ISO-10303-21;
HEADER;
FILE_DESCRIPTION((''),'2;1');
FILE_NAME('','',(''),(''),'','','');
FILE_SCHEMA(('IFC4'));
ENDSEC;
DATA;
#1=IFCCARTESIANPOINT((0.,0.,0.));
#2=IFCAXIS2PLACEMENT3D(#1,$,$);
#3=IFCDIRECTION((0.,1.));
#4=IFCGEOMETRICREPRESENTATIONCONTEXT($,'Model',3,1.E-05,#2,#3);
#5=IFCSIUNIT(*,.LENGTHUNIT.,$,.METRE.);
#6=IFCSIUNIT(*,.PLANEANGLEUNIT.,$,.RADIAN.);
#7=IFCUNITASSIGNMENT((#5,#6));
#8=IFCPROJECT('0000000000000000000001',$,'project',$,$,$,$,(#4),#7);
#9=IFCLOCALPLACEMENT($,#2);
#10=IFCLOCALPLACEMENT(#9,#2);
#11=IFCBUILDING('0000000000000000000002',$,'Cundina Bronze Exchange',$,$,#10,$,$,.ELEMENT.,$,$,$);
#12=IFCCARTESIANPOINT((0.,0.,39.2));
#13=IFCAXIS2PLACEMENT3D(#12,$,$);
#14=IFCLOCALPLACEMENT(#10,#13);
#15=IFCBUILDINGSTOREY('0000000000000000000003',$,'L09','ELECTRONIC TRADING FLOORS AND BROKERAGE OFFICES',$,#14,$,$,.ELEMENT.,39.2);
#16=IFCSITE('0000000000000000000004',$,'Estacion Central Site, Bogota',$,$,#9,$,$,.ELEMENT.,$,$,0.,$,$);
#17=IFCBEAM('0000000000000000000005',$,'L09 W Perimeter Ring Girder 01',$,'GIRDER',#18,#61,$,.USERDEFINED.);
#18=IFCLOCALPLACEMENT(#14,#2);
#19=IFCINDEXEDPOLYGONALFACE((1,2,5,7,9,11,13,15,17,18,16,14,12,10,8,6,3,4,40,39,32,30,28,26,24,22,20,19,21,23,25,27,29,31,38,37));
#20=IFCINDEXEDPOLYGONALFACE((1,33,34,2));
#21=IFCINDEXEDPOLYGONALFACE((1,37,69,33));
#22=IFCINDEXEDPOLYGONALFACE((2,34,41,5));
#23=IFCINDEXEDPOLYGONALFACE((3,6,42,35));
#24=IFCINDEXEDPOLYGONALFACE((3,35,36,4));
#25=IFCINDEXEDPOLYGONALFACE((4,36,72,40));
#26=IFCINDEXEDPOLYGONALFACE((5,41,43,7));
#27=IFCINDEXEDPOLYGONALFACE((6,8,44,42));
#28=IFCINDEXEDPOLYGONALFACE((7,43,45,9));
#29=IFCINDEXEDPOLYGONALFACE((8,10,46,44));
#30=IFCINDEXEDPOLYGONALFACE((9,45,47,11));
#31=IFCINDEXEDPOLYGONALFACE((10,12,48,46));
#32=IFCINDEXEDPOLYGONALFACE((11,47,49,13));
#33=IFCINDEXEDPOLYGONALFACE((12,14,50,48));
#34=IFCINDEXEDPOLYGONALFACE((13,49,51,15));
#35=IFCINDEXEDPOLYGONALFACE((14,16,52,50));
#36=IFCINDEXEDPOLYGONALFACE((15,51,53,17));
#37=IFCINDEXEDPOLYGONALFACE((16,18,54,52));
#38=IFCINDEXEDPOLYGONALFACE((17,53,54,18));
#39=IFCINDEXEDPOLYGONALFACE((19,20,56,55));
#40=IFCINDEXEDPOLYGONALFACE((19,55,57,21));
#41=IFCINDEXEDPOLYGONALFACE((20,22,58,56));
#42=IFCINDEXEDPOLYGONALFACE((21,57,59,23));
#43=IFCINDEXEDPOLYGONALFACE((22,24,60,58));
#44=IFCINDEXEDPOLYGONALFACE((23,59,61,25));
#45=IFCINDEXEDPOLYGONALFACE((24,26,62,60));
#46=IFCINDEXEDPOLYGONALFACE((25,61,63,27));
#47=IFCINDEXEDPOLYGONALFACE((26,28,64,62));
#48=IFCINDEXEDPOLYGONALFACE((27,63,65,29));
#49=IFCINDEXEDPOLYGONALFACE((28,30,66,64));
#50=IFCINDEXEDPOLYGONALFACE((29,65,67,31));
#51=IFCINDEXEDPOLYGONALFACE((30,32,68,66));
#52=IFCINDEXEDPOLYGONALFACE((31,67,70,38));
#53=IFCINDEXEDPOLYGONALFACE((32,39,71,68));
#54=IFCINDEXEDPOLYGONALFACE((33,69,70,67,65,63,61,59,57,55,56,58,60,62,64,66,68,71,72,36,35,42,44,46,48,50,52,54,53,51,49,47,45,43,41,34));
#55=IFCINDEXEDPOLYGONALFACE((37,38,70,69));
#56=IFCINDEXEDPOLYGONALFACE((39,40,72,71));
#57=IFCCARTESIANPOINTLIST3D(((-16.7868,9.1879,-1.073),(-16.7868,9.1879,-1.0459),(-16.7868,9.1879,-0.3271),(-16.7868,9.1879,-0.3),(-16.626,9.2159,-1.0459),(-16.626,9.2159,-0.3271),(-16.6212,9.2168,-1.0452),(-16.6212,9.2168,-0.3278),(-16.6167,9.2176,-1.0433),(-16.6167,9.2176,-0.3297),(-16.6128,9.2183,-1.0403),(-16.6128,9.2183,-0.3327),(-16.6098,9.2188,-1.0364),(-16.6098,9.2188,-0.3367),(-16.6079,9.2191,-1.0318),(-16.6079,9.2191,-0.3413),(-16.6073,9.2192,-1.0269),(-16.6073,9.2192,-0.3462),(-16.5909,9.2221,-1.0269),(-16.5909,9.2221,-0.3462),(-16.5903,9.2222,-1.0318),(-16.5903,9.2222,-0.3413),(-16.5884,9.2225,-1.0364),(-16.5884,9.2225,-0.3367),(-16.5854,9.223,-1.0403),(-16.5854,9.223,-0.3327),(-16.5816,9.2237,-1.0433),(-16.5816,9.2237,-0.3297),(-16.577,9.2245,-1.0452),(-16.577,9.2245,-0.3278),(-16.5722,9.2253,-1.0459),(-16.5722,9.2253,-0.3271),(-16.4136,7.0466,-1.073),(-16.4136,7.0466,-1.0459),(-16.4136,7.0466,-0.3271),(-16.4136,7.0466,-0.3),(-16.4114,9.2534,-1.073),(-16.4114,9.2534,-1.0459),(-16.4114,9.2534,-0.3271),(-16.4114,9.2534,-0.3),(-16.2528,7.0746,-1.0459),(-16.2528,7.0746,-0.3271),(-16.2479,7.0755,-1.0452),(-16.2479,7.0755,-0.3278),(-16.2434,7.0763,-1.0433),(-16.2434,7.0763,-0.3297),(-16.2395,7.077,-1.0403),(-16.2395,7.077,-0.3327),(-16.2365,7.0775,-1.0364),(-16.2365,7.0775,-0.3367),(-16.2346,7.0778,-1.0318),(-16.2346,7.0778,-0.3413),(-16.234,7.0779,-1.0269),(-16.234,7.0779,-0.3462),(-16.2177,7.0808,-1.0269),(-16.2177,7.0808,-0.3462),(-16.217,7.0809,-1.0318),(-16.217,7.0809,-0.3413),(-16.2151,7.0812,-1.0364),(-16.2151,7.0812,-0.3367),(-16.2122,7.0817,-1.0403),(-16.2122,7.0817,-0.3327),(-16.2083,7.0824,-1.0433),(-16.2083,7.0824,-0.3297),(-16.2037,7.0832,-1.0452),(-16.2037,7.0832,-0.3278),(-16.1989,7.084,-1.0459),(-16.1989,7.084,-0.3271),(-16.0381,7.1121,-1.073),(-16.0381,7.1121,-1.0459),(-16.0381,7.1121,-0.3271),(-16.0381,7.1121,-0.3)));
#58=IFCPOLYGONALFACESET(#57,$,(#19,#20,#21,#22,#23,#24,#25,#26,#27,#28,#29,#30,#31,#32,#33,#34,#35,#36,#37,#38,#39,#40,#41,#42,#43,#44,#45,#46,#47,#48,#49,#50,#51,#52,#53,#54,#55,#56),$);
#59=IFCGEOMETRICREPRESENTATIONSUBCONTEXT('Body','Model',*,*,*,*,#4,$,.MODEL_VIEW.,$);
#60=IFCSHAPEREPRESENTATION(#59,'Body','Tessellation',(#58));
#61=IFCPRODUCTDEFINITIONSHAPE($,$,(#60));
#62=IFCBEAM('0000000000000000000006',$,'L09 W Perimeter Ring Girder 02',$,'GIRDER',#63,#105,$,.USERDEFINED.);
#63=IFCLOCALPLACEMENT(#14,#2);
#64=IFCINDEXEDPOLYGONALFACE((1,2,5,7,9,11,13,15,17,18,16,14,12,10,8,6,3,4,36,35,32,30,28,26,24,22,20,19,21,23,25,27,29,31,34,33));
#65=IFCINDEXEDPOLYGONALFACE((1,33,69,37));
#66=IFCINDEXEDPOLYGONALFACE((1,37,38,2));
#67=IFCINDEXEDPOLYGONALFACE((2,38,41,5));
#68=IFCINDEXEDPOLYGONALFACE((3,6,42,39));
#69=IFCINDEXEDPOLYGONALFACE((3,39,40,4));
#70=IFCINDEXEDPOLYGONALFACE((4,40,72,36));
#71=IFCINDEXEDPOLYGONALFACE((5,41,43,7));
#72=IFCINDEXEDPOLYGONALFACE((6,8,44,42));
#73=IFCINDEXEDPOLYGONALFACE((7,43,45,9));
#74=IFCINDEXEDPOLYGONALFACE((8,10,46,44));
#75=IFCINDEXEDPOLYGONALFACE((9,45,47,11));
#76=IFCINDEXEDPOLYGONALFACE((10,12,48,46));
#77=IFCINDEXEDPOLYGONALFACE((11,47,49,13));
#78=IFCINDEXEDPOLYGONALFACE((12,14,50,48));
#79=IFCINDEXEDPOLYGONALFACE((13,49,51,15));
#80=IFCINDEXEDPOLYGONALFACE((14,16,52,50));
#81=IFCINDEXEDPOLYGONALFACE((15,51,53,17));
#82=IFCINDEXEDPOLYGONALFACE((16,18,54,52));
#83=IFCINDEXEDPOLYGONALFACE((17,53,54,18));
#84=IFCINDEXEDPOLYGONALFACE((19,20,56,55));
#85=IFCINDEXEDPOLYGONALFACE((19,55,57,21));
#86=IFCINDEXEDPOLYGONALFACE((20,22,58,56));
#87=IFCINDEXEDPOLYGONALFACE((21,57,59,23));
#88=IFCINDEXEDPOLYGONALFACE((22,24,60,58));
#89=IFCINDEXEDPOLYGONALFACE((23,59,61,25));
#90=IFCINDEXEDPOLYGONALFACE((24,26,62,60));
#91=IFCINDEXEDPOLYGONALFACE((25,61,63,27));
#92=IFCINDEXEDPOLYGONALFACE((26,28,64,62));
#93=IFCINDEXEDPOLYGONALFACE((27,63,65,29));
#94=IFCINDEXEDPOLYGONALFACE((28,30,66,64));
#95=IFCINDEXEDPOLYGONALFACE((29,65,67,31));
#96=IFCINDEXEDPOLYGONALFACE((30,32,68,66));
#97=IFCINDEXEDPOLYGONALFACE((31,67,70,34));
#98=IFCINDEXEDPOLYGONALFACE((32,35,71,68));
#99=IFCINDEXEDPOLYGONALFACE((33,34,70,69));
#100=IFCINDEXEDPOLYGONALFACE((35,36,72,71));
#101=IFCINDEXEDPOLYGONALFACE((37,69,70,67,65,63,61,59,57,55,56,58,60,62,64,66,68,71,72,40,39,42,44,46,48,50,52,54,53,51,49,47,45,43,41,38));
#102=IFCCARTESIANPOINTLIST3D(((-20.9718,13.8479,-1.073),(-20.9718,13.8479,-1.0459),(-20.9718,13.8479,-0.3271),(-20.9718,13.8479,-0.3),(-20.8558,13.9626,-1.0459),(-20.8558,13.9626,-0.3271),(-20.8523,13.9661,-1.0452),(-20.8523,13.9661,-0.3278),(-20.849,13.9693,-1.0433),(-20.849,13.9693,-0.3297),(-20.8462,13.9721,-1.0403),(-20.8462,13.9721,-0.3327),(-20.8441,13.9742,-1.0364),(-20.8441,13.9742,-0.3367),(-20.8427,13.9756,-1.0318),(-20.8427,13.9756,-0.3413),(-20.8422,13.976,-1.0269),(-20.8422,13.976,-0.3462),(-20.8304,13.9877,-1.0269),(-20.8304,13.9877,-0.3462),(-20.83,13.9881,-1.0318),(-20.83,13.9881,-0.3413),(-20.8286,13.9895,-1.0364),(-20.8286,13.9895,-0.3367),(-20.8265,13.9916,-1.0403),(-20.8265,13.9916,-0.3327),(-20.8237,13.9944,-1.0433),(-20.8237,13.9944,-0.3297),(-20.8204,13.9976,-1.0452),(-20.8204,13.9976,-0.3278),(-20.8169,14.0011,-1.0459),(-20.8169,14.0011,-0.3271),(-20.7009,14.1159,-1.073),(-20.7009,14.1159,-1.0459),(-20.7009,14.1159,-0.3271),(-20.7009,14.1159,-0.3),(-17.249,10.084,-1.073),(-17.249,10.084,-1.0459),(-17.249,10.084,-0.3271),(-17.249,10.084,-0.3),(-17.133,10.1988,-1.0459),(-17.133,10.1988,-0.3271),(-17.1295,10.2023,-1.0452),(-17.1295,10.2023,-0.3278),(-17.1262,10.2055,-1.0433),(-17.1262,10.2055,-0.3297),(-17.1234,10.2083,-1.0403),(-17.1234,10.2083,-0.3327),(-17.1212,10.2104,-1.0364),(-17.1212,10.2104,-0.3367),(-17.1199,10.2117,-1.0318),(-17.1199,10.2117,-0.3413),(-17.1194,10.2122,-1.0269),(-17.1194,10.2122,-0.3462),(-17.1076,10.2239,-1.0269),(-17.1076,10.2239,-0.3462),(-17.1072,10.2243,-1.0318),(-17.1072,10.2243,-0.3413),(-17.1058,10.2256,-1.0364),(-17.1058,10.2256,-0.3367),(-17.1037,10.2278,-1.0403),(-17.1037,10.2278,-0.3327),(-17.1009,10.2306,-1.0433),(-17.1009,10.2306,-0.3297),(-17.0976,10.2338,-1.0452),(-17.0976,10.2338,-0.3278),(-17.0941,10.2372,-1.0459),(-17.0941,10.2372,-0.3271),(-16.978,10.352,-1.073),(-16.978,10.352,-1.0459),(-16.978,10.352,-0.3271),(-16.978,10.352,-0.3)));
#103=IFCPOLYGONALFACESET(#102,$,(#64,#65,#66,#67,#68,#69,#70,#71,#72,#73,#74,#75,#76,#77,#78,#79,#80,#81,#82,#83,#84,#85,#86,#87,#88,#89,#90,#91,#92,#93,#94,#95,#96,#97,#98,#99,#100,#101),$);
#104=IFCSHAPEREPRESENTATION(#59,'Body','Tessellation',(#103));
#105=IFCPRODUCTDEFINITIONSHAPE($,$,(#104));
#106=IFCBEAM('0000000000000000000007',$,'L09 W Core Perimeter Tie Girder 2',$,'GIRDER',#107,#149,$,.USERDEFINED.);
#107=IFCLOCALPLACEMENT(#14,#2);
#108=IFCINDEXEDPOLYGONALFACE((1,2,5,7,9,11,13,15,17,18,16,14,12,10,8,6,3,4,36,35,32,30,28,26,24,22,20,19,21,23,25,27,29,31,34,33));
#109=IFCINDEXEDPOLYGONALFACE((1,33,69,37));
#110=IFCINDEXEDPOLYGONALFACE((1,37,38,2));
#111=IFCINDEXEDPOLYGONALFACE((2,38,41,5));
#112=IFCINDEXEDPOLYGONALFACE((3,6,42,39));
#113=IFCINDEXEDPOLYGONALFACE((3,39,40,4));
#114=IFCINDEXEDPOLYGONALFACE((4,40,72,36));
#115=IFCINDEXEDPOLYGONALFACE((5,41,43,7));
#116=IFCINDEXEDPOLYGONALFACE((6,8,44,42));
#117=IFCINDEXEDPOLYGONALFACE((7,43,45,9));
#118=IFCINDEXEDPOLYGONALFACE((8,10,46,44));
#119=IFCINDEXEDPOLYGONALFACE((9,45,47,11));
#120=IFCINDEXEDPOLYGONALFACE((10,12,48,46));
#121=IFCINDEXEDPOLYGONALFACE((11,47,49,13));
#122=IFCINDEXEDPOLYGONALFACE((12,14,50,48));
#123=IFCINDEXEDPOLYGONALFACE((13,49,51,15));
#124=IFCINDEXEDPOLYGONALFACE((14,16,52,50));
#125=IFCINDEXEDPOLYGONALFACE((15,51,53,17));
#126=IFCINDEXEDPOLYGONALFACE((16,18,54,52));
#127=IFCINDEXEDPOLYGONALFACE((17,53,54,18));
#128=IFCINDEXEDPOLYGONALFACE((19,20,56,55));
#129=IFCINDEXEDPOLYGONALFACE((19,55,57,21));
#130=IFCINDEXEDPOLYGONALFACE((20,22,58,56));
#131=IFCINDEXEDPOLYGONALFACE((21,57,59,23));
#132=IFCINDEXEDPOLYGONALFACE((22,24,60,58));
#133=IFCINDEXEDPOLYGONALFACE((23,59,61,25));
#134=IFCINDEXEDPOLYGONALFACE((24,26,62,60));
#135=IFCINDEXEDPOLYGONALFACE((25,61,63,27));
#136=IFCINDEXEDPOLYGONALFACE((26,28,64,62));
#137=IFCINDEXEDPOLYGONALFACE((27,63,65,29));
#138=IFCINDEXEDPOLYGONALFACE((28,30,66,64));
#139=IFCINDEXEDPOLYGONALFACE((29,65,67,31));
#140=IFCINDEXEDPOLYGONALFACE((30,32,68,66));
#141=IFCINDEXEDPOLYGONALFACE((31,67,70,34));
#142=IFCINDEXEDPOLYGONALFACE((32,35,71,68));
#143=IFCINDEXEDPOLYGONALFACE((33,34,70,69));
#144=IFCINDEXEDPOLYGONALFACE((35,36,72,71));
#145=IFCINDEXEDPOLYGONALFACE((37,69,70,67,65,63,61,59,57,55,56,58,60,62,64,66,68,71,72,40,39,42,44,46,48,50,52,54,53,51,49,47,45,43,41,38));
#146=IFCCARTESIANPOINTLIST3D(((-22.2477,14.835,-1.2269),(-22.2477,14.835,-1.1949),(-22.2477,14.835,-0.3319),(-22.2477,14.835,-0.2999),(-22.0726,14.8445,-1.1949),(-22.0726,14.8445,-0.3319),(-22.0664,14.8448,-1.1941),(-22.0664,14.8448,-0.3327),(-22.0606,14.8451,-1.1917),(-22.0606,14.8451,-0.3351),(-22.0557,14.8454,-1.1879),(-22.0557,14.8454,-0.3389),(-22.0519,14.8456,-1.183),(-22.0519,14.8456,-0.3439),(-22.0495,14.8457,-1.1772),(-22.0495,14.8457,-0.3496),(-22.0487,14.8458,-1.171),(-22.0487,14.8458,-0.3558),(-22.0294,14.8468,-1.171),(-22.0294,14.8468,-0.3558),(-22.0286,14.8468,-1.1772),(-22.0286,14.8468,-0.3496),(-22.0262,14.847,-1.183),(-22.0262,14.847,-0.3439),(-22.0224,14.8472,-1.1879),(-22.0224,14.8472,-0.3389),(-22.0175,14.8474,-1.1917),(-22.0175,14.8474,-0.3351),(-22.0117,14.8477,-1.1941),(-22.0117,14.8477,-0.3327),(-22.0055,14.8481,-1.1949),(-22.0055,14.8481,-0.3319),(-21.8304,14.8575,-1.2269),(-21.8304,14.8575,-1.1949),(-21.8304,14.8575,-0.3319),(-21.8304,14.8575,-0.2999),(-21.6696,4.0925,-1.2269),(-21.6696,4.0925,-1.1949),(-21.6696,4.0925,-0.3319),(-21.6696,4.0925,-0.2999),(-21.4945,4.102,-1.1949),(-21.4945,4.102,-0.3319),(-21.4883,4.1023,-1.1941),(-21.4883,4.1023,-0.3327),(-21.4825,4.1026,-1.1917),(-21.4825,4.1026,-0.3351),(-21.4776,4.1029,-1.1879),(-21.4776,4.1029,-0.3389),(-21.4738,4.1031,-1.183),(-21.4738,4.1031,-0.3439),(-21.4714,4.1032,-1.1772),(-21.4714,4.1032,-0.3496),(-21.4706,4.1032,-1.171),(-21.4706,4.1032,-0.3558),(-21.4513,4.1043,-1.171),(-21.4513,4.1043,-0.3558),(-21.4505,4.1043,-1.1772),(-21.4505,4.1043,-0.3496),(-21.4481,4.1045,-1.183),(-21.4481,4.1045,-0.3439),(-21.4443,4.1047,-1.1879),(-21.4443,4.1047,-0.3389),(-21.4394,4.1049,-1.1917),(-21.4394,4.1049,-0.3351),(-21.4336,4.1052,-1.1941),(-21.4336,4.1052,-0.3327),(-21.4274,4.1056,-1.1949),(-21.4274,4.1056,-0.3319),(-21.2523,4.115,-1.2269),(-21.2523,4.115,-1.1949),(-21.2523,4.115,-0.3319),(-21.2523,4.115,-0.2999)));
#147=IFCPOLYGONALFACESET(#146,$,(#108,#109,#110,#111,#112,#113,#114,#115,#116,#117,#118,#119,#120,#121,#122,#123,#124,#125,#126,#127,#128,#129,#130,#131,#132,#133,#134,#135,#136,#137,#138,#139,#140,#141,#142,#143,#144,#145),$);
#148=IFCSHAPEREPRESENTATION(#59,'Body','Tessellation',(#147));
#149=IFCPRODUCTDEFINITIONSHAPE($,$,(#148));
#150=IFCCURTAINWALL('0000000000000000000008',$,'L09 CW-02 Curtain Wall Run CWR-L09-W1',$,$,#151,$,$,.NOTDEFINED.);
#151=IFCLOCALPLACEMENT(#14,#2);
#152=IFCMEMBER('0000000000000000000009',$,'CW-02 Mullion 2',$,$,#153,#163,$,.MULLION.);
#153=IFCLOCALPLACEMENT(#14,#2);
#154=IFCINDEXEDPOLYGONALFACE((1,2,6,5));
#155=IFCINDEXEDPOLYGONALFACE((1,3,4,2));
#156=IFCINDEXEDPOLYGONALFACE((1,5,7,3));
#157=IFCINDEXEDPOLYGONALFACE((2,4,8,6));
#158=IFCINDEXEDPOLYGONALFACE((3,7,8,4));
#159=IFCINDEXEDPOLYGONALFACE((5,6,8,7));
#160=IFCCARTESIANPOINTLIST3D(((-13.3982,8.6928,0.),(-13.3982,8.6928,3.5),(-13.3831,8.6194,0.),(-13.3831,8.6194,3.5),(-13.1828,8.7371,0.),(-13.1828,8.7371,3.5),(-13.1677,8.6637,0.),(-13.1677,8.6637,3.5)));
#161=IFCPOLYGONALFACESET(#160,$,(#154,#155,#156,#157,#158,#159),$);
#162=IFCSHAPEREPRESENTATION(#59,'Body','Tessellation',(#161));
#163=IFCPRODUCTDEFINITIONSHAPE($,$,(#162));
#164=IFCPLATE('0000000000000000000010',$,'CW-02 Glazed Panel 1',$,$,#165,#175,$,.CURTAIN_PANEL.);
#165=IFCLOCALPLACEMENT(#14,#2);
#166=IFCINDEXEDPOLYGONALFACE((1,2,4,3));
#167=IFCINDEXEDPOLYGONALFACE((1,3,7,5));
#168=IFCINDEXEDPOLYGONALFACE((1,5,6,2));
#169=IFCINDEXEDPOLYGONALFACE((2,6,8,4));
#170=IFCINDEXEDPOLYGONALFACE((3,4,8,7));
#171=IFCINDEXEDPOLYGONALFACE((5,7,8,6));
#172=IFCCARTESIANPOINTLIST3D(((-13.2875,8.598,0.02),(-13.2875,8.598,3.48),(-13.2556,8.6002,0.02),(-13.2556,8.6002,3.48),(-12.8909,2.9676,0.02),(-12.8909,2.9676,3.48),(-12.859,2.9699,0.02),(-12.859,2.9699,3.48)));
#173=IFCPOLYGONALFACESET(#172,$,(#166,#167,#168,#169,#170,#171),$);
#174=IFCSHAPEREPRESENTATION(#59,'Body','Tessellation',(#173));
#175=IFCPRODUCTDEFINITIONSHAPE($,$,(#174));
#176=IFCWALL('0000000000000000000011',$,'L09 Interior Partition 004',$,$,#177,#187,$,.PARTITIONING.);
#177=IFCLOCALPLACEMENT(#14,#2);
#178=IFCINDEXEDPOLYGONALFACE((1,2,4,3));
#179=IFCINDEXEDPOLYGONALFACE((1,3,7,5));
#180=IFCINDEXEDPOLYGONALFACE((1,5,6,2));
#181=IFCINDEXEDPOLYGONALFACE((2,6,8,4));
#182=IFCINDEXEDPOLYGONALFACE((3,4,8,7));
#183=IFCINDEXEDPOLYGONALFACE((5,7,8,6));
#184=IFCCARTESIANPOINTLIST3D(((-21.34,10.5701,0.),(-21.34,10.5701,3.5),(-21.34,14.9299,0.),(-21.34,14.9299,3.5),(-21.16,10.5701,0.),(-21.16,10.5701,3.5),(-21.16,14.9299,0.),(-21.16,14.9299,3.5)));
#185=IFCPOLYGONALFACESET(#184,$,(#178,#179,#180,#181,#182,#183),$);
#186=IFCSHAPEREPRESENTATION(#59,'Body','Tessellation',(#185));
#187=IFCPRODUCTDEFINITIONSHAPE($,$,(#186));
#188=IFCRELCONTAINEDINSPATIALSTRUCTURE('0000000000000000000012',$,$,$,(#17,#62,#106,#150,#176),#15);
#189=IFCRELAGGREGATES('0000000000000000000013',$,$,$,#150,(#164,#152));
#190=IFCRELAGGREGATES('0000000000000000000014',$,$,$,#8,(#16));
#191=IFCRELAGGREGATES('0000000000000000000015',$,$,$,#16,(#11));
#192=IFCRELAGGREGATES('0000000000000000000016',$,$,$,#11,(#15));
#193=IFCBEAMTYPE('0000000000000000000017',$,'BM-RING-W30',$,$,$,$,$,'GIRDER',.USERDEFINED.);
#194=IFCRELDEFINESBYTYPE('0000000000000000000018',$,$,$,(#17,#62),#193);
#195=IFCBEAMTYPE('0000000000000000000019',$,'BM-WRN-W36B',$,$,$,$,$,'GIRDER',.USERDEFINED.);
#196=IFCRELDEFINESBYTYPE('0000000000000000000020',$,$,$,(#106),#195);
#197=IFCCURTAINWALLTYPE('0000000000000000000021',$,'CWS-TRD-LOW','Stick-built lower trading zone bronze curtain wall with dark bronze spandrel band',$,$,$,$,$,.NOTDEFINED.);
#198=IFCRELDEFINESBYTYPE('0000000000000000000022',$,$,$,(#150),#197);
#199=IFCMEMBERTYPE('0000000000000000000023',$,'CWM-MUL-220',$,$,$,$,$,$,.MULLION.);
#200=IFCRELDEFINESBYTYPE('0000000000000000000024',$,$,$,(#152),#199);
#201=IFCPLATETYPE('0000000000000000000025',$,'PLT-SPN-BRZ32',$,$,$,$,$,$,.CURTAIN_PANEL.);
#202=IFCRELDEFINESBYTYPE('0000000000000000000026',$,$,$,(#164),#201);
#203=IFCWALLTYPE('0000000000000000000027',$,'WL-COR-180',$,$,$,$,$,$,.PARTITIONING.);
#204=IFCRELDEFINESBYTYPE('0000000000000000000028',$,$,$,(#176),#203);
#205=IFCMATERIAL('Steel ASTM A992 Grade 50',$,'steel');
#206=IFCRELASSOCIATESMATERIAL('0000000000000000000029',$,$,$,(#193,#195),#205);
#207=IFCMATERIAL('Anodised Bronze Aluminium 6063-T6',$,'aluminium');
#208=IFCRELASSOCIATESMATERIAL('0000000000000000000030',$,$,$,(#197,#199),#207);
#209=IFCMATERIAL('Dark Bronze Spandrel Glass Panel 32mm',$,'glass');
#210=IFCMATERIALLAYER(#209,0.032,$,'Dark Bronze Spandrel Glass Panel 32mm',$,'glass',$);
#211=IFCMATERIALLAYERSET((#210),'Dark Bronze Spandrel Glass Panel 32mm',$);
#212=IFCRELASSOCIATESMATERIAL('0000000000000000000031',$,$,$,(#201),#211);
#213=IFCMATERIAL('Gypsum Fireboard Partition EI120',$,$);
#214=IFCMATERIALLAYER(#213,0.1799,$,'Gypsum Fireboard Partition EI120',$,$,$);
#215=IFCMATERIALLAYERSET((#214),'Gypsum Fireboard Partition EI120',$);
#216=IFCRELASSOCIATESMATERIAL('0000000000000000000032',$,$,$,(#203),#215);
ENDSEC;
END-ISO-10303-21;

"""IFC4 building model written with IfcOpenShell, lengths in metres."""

from ifc_helpers import new_model, si_unit, direction, frame, frame_2d, origin, origin_2d, place, context, subcontext, project, spatial, rectangle, i_section, extrude, material, layer, layer_set, material_profile, profile_set, type_object, element, aggregate, save


model = new_model("IFC4")

# Units and contexts
model_context = context("Model", 3, precision=1e-05, world=origin(), true_north=direction((0.0, 1.0)))
body_context = subcontext(model_context, "Body", "Model", "MODEL_VIEW")
ifc_project = project(units=[si_unit("LENGTHUNIT", "METRE"), si_unit("PLANEANGLEUNIT", "RADIAN")], contexts=[model_context])

# Site, building, storey
site_placement = place(None, origin())
site = spatial("IfcSite", under=ifc_project, at=site_placement, Name="Estacion Central Site, Bogota", CompositionType="ELEMENT", RefElevation=0.0)
building_placement = place(site_placement, origin())
building = spatial("IfcBuilding", under=site, at=building_placement, Name="Cundina Bronze Exchange", CompositionType="ELEMENT")
storey_placement = place(building_placement, frame((0.0, 0.0, 39.2)))
storey = spatial("IfcBuildingStorey", under=building, at=storey_placement, Name="L09", Description="ELECTRONIC TRADING FLOORS AND BROKERAGE OFFICES", CompositionType="ELEMENT", Elevation=39.2)

# Beams
ifc_material_1 = material(Name="Steel ASTM A992 Grade 50", Category="steel")
ifc_material_profile_1 = material_profile(ifc_material_1, i_section(OverallWidth=0.3811, OverallDepth=0.7729, WebThickness=0.0166, FlangeThickness=0.0271, FilletRadius=0.019, at=origin_2d()), Name="W30X173", Category="steel")
ifc_profile_set_1 = profile_set([ifc_material_profile_1], Name="Steel ASTM A992 Grade 50")
beam_type_1 = type_object("IfcBeamType", Name="BM-RING-W30", ElementType="GIRDER", PredefinedType="USERDEFINED", material=ifc_profile_set_1)
beam_1_placement = place(storey_placement, frame((-16.2258, 7.0793, -0.6865), z_axis=(-0.171735, 0.985143, 0.0), x_axis=(-0.985143, -0.171735, 0.0)))
element("IfcBeam", 1, at=beam_1_placement, inside=storey, type_object=beam_type_1, Name="L09 W Perimeter Ring Girder 01", ObjectType="GIRDER", PredefinedType="USERDEFINED", context=body_context, shape_type="SweptSolid", body=[
    extrude(i_section(OverallWidth=0.3811, OverallDepth=0.7729, WebThickness=0.0166, FlangeThickness=0.0271, FilletRadius=0.019, at=origin_2d()), origin(), (0.0, 0.0, 1.0), 2.1736),
])
beam_2_placement = place(storey_placement, frame((-17.1135, 10.218, -0.6865), z_axis=(-0.703222, 0.71097, 0.0), x_axis=(-0.71097, -0.703222, 0.0)))
element("IfcBeam", 2, at=beam_2_placement, inside=storey, type_object=beam_type_1, Name="L09 W Perimeter Ring Girder 02", ObjectType="GIRDER", PredefinedType="USERDEFINED", context=body_context, shape_type="SweptSolid", body=[
    extrude(i_section(OverallWidth=0.3811, OverallDepth=0.7729, WebThickness=0.0166, FlangeThickness=0.0271, FilletRadius=0.019, at=origin_2d()), origin(), (0.0, 0.0, 1.0), 5.2939),
])
ifc_material_profile_2 = material_profile(ifc_material_1, i_section(OverallWidth=0.418, OverallDepth=0.927, WebThickness=0.0193, FlangeThickness=0.032, FilletRadius=0.0239, at=origin_2d()), Name="W36X231", Category="steel")
ifc_profile_set_2 = profile_set([ifc_material_profile_2], Name="Steel ASTM A992 Grade 50")
beam_type_2 = type_object("IfcBeamType", Name="BM-WRN-W36B", ElementType="GIRDER", PredefinedType="USERDEFINED", material=ifc_profile_set_2)
beam_3_placement = place(storey_placement, frame((-21.4609, 4.1038, -0.7634), z_axis=(-0.053739, 0.998555, 0.0), x_axis=(-0.998555, -0.053739, 0.0)))
element("IfcBeam", 3, at=beam_3_placement, inside=storey, type_object=beam_type_2, Name="L09 W Core Perimeter Tie Girder 2", ObjectType="GIRDER", PredefinedType="USERDEFINED", context=body_context, shape_type="SweptSolid", body=[
    extrude(i_section(OverallWidth=0.418, OverallDepth=0.927, WebThickness=0.0193, FlangeThickness=0.032, FilletRadius=0.0239, at=origin_2d()), origin(), (0.0, 0.0, 1.0), 10.7581),
])

# Curtain wall, member, plate
ifc_material_2 = material(Name="Anodised Bronze Aluminium 6063-T6", Category="aluminium")
curtain_wall_type = type_object("IfcCurtainWallType", Name="CWS-TRD-LOW", Description="Stick-built lower trading zone bronze curtain wall with dark bronze spandrel band", PredefinedType="NOTDEFINED", material=ifc_material_2)
curtain_wall_placement = place(storey_placement, origin())
curtain_wall = element("IfcCurtainWall", 4, at=curtain_wall_placement, inside=storey, type_object=curtain_wall_type, Name="L09 CW-02 Curtain Wall Run CWR-L09-W1", PredefinedType="NOTDEFINED")
ifc_material_profile_3 = material_profile(ifc_material_2, rectangle(XDim=0.075, YDim=0.22, at=origin_2d()), Name="AL75X220", Category="aluminium")
ifc_profile_set_3 = profile_set([ifc_material_profile_3], Name="Anodised Bronze Aluminium 6063-T6")
member_type = type_object("IfcMemberType", Name="CWM-MUL-220", PredefinedType="MULLION", material=ifc_profile_set_3)
member_placement = place(storey_placement, frame((-13.283, 8.6782, 0.0), z_axis=(0.0, 0.0, 1.0), x_axis=(-0.20142, 0.979505, 0.0)))
member = element("IfcMember", 5, at=member_placement, type_object=member_type, Name="CW-02 Mullion 2", PredefinedType="MULLION", context=body_context, shape_type="SweptSolid", body=[
    extrude(rectangle(XDim=0.075, YDim=0.22, at=origin_2d()), origin(), (0.0, 0.0, 1.0), 3.5),
])
ifc_material_3 = material(Name="Dark Bronze Spandrel Glass Panel 32mm", Category="glass")
ifc_layer_1 = layer(ifc_material_3, 0.032, Name="Dark Bronze Spandrel Glass Panel 32mm", Category="glass")
ifc_layer_set_1 = layer_set([ifc_layer_1], Name="Dark Bronze Spandrel Glass Panel 32mm")
plate_type = type_object("IfcPlateType", Name="PLT-SPN-BRZ32", PredefinedType="CURTAIN_PANEL", material=ifc_layer_set_1)
plate_placement = place(storey_placement, frame((-13.0732, 5.7839, 0.02), z_axis=(0.0, 0.0, 1.0), x_axis=(-0.070279, 0.997527, 0.0)))
plate = element("IfcPlate", 6, at=plate_placement, type_object=plate_type, Name="CW-02 Glazed Panel 1", PredefinedType="CURTAIN_PANEL", context=body_context, shape_type="SweptSolid", body=[
    extrude(rectangle(XDim=5.6443, YDim=0.032, at=origin_2d()), origin(), (0.0, 0.0, 1.0), 3.46),
])
aggregate(curtain_wall, [plate, member])

# Wall
ifc_material_4 = material(Name="Gypsum Fireboard Partition EI120")
ifc_layer_2 = layer(ifc_material_4, 0.1799, Name="Gypsum Fireboard Partition EI120")
ifc_layer_set_2 = layer_set([ifc_layer_2], Name="Gypsum Fireboard Partition EI120")
wall_type_1 = type_object("IfcWallType", Name="WL-COR-180", PredefinedType="PARTITIONING", material=ifc_layer_set_2)
wall_1_placement = place(storey_placement, frame((-21.25, 10.5701, 0.0), z_axis=(0.0, 0.0, 1.0), x_axis=(0.0, 1.0, 0.0)))
element("IfcWall", 7, at=wall_1_placement, inside=storey, type_object=wall_type_1, Name="L09 Interior Partition 004", PredefinedType="PARTITIONING", context=body_context, shape_type="SweptSolid", body=[
    extrude(rectangle(XDim=4.3599, YDim=0.1799, at=frame_2d((2.1799, 0.0))), origin(), (0.0, 0.0, 1.0), 3.5),
])

save(model, "model.ifc")
